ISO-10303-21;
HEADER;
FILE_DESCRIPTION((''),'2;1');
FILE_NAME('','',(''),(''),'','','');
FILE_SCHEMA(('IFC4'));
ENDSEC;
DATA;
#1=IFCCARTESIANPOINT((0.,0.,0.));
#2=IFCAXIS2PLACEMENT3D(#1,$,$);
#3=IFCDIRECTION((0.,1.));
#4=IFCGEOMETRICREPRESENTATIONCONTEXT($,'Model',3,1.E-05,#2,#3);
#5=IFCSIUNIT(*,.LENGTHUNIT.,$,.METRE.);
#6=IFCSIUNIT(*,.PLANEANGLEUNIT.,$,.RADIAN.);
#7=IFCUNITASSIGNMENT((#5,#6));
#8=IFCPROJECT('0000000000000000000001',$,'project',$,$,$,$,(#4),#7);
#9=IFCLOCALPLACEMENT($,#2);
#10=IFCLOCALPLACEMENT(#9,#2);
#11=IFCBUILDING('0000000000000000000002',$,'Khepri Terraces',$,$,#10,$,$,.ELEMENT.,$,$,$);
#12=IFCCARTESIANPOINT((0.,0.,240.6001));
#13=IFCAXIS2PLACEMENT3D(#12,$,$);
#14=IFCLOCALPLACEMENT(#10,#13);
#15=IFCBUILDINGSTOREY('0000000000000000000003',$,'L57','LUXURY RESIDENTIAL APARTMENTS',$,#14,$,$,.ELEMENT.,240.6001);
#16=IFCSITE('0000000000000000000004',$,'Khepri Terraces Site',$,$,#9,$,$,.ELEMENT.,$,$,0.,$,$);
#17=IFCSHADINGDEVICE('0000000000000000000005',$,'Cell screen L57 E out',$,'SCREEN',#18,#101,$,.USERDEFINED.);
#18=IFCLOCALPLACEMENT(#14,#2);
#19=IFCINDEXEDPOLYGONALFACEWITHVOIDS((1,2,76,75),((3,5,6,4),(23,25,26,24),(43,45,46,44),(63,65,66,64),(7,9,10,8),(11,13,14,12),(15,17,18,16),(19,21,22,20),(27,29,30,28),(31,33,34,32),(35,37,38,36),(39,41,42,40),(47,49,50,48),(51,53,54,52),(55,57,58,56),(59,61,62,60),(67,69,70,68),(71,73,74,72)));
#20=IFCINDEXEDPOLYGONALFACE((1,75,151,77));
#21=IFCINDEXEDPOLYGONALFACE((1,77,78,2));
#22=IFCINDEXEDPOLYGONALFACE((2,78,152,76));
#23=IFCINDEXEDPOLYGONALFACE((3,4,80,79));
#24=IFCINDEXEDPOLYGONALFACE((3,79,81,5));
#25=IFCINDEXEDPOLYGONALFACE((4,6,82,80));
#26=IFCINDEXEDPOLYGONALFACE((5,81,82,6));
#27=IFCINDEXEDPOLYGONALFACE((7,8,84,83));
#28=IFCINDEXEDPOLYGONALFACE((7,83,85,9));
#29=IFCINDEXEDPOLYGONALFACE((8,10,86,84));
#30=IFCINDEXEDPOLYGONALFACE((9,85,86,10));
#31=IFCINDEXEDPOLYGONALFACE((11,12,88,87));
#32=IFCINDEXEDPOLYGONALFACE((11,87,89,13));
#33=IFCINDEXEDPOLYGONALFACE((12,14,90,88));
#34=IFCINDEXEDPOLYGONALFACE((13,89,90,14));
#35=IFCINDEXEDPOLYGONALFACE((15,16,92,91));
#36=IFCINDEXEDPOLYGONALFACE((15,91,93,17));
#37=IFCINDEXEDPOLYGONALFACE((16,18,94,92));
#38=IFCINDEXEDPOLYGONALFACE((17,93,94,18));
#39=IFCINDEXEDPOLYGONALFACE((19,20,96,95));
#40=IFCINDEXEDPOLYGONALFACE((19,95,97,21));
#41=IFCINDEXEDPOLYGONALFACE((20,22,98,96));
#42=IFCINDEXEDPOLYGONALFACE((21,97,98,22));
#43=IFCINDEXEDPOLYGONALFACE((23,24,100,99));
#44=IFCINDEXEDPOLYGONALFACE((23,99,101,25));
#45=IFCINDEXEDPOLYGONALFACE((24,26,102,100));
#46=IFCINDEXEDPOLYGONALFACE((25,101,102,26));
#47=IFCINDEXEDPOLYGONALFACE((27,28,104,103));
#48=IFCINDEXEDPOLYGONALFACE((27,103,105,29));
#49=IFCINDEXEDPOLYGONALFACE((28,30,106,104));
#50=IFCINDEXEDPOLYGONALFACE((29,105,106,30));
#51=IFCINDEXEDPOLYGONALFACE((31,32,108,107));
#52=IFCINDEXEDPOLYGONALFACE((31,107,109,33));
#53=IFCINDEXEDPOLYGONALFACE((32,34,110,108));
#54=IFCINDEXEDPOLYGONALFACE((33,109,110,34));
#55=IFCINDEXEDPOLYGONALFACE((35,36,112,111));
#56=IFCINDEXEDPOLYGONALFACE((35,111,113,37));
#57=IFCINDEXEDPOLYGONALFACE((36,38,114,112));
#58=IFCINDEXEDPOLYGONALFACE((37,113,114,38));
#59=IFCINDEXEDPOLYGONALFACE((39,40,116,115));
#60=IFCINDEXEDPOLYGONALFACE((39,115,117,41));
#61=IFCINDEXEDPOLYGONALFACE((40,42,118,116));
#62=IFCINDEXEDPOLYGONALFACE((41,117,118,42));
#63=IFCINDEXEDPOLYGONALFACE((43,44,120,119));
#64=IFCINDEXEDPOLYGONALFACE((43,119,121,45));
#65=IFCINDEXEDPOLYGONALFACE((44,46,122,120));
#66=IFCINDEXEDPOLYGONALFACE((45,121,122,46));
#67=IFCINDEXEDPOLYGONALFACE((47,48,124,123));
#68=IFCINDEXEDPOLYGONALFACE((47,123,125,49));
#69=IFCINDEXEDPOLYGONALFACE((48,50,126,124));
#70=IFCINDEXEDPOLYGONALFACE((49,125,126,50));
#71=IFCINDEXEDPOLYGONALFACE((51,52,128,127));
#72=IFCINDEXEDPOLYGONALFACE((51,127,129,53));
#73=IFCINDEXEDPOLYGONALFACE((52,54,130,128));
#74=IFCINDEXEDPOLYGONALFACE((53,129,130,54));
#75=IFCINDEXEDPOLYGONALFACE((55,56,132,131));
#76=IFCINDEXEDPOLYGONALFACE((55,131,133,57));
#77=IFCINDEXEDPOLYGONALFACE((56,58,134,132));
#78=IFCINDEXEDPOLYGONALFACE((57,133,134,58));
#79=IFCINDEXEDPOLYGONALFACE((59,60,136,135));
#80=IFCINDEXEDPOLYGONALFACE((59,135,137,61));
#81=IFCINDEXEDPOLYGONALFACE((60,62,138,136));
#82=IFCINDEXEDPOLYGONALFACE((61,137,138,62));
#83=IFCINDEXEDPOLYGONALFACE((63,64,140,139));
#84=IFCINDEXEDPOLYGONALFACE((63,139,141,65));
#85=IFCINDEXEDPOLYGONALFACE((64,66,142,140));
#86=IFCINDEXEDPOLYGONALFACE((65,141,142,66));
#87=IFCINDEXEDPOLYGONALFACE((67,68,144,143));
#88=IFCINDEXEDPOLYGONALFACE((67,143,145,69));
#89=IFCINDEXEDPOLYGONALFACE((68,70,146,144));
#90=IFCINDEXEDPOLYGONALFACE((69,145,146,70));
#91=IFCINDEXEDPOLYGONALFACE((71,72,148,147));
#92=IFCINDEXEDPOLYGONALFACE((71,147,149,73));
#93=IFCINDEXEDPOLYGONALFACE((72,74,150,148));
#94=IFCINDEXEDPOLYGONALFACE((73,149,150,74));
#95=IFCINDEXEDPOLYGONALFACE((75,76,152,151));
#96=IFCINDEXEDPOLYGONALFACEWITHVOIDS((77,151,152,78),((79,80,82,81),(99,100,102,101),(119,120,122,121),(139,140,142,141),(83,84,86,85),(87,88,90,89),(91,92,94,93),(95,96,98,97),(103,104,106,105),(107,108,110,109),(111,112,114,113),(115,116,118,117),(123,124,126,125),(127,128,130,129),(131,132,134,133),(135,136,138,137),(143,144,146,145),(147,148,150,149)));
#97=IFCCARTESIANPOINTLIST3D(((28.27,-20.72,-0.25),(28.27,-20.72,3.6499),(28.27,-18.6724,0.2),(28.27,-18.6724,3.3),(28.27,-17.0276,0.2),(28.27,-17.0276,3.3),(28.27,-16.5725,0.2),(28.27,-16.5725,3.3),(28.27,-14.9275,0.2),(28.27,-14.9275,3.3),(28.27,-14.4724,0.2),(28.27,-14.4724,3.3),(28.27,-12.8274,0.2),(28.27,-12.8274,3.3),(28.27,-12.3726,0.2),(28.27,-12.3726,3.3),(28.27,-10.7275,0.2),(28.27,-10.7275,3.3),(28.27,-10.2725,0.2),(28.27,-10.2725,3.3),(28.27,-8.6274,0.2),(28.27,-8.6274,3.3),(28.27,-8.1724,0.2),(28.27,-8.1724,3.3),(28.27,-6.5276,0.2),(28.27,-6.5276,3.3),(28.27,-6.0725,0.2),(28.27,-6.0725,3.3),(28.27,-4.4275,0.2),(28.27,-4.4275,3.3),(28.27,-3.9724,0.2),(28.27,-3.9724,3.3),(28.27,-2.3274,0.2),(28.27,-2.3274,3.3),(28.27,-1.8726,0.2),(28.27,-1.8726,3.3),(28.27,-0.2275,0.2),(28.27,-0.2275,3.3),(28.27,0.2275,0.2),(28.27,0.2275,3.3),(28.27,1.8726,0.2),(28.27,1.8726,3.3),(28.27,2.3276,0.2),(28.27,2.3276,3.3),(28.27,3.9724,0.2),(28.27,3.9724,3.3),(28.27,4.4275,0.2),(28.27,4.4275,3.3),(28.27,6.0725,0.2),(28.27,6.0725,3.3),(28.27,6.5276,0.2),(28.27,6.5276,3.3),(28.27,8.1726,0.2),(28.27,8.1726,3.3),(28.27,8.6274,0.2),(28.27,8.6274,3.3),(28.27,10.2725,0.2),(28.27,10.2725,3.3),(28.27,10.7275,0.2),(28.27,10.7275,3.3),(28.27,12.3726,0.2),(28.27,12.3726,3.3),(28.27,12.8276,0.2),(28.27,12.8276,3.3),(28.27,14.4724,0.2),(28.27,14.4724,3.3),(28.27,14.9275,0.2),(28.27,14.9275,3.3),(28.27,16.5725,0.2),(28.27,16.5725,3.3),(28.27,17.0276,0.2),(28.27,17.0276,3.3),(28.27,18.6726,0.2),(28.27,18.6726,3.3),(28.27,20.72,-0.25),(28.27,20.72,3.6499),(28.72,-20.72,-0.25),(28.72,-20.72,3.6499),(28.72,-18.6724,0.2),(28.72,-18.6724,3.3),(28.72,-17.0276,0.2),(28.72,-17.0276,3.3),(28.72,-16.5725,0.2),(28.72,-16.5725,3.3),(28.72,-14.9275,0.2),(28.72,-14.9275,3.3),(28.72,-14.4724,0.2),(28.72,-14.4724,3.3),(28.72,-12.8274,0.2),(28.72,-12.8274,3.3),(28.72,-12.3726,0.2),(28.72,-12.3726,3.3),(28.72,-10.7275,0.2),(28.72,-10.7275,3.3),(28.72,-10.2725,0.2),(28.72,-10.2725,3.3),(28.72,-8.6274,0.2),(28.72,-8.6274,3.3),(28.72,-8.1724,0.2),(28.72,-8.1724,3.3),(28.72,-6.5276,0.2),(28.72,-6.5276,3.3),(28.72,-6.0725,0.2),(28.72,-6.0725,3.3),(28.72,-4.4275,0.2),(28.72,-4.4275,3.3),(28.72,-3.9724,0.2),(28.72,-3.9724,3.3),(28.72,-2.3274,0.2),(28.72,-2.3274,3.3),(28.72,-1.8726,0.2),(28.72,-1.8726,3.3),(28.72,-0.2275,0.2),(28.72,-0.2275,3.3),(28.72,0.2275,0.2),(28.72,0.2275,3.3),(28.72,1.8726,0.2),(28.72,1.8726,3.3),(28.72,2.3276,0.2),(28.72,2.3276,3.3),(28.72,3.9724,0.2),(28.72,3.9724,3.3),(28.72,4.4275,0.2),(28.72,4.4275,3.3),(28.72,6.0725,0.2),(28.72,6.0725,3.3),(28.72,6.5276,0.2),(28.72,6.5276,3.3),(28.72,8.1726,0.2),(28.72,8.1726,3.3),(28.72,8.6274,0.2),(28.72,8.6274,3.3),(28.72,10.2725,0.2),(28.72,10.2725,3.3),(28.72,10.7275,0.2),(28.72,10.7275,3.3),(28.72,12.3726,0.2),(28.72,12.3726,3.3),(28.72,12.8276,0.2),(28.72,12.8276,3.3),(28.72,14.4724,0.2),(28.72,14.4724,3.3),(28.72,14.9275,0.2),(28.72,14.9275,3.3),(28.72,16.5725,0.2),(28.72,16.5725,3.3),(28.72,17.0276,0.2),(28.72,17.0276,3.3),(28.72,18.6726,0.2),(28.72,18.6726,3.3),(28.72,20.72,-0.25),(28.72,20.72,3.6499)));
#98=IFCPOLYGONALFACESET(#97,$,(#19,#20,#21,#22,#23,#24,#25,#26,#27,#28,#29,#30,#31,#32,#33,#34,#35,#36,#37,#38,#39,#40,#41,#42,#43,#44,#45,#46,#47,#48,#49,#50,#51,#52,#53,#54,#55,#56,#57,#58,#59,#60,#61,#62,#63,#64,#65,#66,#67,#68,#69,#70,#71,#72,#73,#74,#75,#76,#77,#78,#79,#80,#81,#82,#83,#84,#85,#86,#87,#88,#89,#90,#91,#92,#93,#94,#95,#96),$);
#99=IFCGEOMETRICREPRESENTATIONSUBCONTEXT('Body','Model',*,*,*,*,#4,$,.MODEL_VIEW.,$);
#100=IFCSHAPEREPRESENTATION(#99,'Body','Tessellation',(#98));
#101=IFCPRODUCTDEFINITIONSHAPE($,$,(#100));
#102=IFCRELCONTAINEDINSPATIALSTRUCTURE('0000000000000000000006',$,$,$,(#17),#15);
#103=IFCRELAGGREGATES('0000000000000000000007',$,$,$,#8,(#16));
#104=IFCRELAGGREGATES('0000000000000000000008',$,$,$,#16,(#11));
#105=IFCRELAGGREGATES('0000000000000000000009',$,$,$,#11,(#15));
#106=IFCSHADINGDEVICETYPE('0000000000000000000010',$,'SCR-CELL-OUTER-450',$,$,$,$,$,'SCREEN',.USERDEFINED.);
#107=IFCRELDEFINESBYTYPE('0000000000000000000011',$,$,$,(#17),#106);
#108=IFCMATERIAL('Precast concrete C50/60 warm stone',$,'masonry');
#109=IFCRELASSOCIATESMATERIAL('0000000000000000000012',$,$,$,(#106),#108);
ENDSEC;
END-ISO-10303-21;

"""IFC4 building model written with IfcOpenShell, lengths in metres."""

from ifc_helpers import new_model, si_unit, direction, frame, origin, place, context, subcontext, project, spatial, polyline, outline, extrude, material, type_object, element, save


model = new_model("IFC4")

# Units and contexts
model_context = context("Model", 3, precision=1e-05, world=origin(), true_north=direction((0.0, 1.0)))
body_context = subcontext(model_context, "Body", "Model", "MODEL_VIEW")
ifc_project = project(units=[si_unit("LENGTHUNIT", "METRE"), si_unit("PLANEANGLEUNIT", "RADIAN")], contexts=[model_context])

# Site, building, storey
site_placement = place(None, origin())
site = spatial("IfcSite", under=ifc_project, at=site_placement, Name="Khepri Terraces Site", CompositionType="ELEMENT", RefElevation=0.0)
building_placement = place(site_placement, origin())
building = spatial("IfcBuilding", under=site, at=building_placement, Name="Khepri Terraces", CompositionType="ELEMENT")
storey_placement = place(building_placement, frame((0.0, 0.0, 240.6001)))
storey = spatial("IfcBuildingStorey", under=building, at=storey_placement, Name="L57", Description="LUXURY RESIDENTIAL APARTMENTS", CompositionType="ELEMENT", Elevation=240.6001)

# Shared definitions
ifc_material_1 = material(Name="Precast concrete C50/60 warm stone", Category="masonry")

# Shading device
shading_device_type_1 = type_object("IfcShadingDeviceType", Name="SCR-CELL-OUTER-450", ElementType="SCREEN", PredefinedType="USERDEFINED", material=ifc_material_1)
shading_device_1_placement = place(storey_placement, frame((28.27, -20.72, -0.25), z_axis=(1.0, 0.0, 0.0), x_axis=(0.0, 1.0, 0.0)))
element("IfcShadingDevice", 1, at=shading_device_1_placement, inside=storey, type_object=shading_device_type_1, Name="Cell screen L57 E out", ObjectType="SCREEN", PredefinedType="USERDEFINED", context=body_context, shape_type="SweptSolid", body=[
    extrude(outline(polyline([(0.0, 0.0), (41.4399, 0.0), (41.4399, 3.8999), (0.0, 3.8999), (0.0, 0.0)]), holes=[polyline([(2.0476, 0.45), (3.6924, 0.45), (3.6924, 3.55), (2.0476, 3.55), (2.0476, 0.45)]), polyline([(4.1475, 0.45), (5.7925, 0.45), (5.7925, 3.55), (4.1475, 3.55), (4.1475, 0.45)]), polyline([(6.2476, 0.45), (7.8926, 0.45), (7.8926, 3.55), (6.2476, 3.55), (6.2476, 0.45)]), polyline([(8.3474, 0.45), (9.9924, 0.45), (9.9924, 3.55), (8.3474, 3.55), (8.3474, 0.45)]), polyline([(10.4475, 0.45), (12.0925, 0.45), (12.0925, 3.55), (10.4475, 3.55), (10.4475, 0.45)]), polyline([(12.5476, 0.45), (14.1924, 0.45), (14.1924, 3.55), (12.5476, 3.55), (12.5476, 0.45)]), polyline([(14.6475, 0.45), (16.2925, 0.45), (16.2925, 3.55), (14.6475, 3.55), (14.6475, 0.45)]), polyline([(16.7476, 0.45), (18.3926, 0.45), (18.3926, 3.55), (16.7476, 3.55), (16.7476, 0.45)]), polyline([(18.8474, 0.45), (20.4924, 0.45), (20.4924, 3.55), (18.8474, 3.55), (18.8474, 0.45)]), polyline([(20.9475, 0.45), (22.5925, 0.45), (22.5925, 3.55), (20.9475, 3.55), (20.9475, 0.45)]), polyline([(23.0476, 0.45), (24.6924, 0.45), (24.6924, 3.55), (23.0476, 3.55), (23.0476, 0.45)]), polyline([(25.1475, 0.45), (26.7925, 0.45), (26.7925, 3.55), (25.1475, 3.55), (25.1475, 0.45)]), polyline([(27.2476, 0.45), (28.8926, 0.45), (28.8926, 3.55), (27.2476, 3.55), (27.2476, 0.45)]), polyline([(29.3474, 0.45), (30.9924, 0.45), (30.9924, 3.55), (29.3474, 3.55), (29.3474, 0.45)]), polyline([(31.4475, 0.45), (33.0925, 0.45), (33.0925, 3.55), (31.4475, 3.55), (31.4475, 0.45)]), polyline([(33.5476, 0.45), (35.1924, 0.45), (35.1924, 3.55), (33.5476, 3.55), (33.5476, 0.45)]), polyline([(35.6475, 0.45), (37.2925, 0.45), (37.2925, 3.55), (35.6475, 3.55), (35.6475, 0.45)]), polyline([(37.7476, 0.45), (39.3926, 0.45), (39.3926, 3.55), (37.7476, 3.55), (37.7476, 0.45)])]), origin(), (0.0, 0.0, 1.0), 0.45),
])

save(model, "model.ifc")
